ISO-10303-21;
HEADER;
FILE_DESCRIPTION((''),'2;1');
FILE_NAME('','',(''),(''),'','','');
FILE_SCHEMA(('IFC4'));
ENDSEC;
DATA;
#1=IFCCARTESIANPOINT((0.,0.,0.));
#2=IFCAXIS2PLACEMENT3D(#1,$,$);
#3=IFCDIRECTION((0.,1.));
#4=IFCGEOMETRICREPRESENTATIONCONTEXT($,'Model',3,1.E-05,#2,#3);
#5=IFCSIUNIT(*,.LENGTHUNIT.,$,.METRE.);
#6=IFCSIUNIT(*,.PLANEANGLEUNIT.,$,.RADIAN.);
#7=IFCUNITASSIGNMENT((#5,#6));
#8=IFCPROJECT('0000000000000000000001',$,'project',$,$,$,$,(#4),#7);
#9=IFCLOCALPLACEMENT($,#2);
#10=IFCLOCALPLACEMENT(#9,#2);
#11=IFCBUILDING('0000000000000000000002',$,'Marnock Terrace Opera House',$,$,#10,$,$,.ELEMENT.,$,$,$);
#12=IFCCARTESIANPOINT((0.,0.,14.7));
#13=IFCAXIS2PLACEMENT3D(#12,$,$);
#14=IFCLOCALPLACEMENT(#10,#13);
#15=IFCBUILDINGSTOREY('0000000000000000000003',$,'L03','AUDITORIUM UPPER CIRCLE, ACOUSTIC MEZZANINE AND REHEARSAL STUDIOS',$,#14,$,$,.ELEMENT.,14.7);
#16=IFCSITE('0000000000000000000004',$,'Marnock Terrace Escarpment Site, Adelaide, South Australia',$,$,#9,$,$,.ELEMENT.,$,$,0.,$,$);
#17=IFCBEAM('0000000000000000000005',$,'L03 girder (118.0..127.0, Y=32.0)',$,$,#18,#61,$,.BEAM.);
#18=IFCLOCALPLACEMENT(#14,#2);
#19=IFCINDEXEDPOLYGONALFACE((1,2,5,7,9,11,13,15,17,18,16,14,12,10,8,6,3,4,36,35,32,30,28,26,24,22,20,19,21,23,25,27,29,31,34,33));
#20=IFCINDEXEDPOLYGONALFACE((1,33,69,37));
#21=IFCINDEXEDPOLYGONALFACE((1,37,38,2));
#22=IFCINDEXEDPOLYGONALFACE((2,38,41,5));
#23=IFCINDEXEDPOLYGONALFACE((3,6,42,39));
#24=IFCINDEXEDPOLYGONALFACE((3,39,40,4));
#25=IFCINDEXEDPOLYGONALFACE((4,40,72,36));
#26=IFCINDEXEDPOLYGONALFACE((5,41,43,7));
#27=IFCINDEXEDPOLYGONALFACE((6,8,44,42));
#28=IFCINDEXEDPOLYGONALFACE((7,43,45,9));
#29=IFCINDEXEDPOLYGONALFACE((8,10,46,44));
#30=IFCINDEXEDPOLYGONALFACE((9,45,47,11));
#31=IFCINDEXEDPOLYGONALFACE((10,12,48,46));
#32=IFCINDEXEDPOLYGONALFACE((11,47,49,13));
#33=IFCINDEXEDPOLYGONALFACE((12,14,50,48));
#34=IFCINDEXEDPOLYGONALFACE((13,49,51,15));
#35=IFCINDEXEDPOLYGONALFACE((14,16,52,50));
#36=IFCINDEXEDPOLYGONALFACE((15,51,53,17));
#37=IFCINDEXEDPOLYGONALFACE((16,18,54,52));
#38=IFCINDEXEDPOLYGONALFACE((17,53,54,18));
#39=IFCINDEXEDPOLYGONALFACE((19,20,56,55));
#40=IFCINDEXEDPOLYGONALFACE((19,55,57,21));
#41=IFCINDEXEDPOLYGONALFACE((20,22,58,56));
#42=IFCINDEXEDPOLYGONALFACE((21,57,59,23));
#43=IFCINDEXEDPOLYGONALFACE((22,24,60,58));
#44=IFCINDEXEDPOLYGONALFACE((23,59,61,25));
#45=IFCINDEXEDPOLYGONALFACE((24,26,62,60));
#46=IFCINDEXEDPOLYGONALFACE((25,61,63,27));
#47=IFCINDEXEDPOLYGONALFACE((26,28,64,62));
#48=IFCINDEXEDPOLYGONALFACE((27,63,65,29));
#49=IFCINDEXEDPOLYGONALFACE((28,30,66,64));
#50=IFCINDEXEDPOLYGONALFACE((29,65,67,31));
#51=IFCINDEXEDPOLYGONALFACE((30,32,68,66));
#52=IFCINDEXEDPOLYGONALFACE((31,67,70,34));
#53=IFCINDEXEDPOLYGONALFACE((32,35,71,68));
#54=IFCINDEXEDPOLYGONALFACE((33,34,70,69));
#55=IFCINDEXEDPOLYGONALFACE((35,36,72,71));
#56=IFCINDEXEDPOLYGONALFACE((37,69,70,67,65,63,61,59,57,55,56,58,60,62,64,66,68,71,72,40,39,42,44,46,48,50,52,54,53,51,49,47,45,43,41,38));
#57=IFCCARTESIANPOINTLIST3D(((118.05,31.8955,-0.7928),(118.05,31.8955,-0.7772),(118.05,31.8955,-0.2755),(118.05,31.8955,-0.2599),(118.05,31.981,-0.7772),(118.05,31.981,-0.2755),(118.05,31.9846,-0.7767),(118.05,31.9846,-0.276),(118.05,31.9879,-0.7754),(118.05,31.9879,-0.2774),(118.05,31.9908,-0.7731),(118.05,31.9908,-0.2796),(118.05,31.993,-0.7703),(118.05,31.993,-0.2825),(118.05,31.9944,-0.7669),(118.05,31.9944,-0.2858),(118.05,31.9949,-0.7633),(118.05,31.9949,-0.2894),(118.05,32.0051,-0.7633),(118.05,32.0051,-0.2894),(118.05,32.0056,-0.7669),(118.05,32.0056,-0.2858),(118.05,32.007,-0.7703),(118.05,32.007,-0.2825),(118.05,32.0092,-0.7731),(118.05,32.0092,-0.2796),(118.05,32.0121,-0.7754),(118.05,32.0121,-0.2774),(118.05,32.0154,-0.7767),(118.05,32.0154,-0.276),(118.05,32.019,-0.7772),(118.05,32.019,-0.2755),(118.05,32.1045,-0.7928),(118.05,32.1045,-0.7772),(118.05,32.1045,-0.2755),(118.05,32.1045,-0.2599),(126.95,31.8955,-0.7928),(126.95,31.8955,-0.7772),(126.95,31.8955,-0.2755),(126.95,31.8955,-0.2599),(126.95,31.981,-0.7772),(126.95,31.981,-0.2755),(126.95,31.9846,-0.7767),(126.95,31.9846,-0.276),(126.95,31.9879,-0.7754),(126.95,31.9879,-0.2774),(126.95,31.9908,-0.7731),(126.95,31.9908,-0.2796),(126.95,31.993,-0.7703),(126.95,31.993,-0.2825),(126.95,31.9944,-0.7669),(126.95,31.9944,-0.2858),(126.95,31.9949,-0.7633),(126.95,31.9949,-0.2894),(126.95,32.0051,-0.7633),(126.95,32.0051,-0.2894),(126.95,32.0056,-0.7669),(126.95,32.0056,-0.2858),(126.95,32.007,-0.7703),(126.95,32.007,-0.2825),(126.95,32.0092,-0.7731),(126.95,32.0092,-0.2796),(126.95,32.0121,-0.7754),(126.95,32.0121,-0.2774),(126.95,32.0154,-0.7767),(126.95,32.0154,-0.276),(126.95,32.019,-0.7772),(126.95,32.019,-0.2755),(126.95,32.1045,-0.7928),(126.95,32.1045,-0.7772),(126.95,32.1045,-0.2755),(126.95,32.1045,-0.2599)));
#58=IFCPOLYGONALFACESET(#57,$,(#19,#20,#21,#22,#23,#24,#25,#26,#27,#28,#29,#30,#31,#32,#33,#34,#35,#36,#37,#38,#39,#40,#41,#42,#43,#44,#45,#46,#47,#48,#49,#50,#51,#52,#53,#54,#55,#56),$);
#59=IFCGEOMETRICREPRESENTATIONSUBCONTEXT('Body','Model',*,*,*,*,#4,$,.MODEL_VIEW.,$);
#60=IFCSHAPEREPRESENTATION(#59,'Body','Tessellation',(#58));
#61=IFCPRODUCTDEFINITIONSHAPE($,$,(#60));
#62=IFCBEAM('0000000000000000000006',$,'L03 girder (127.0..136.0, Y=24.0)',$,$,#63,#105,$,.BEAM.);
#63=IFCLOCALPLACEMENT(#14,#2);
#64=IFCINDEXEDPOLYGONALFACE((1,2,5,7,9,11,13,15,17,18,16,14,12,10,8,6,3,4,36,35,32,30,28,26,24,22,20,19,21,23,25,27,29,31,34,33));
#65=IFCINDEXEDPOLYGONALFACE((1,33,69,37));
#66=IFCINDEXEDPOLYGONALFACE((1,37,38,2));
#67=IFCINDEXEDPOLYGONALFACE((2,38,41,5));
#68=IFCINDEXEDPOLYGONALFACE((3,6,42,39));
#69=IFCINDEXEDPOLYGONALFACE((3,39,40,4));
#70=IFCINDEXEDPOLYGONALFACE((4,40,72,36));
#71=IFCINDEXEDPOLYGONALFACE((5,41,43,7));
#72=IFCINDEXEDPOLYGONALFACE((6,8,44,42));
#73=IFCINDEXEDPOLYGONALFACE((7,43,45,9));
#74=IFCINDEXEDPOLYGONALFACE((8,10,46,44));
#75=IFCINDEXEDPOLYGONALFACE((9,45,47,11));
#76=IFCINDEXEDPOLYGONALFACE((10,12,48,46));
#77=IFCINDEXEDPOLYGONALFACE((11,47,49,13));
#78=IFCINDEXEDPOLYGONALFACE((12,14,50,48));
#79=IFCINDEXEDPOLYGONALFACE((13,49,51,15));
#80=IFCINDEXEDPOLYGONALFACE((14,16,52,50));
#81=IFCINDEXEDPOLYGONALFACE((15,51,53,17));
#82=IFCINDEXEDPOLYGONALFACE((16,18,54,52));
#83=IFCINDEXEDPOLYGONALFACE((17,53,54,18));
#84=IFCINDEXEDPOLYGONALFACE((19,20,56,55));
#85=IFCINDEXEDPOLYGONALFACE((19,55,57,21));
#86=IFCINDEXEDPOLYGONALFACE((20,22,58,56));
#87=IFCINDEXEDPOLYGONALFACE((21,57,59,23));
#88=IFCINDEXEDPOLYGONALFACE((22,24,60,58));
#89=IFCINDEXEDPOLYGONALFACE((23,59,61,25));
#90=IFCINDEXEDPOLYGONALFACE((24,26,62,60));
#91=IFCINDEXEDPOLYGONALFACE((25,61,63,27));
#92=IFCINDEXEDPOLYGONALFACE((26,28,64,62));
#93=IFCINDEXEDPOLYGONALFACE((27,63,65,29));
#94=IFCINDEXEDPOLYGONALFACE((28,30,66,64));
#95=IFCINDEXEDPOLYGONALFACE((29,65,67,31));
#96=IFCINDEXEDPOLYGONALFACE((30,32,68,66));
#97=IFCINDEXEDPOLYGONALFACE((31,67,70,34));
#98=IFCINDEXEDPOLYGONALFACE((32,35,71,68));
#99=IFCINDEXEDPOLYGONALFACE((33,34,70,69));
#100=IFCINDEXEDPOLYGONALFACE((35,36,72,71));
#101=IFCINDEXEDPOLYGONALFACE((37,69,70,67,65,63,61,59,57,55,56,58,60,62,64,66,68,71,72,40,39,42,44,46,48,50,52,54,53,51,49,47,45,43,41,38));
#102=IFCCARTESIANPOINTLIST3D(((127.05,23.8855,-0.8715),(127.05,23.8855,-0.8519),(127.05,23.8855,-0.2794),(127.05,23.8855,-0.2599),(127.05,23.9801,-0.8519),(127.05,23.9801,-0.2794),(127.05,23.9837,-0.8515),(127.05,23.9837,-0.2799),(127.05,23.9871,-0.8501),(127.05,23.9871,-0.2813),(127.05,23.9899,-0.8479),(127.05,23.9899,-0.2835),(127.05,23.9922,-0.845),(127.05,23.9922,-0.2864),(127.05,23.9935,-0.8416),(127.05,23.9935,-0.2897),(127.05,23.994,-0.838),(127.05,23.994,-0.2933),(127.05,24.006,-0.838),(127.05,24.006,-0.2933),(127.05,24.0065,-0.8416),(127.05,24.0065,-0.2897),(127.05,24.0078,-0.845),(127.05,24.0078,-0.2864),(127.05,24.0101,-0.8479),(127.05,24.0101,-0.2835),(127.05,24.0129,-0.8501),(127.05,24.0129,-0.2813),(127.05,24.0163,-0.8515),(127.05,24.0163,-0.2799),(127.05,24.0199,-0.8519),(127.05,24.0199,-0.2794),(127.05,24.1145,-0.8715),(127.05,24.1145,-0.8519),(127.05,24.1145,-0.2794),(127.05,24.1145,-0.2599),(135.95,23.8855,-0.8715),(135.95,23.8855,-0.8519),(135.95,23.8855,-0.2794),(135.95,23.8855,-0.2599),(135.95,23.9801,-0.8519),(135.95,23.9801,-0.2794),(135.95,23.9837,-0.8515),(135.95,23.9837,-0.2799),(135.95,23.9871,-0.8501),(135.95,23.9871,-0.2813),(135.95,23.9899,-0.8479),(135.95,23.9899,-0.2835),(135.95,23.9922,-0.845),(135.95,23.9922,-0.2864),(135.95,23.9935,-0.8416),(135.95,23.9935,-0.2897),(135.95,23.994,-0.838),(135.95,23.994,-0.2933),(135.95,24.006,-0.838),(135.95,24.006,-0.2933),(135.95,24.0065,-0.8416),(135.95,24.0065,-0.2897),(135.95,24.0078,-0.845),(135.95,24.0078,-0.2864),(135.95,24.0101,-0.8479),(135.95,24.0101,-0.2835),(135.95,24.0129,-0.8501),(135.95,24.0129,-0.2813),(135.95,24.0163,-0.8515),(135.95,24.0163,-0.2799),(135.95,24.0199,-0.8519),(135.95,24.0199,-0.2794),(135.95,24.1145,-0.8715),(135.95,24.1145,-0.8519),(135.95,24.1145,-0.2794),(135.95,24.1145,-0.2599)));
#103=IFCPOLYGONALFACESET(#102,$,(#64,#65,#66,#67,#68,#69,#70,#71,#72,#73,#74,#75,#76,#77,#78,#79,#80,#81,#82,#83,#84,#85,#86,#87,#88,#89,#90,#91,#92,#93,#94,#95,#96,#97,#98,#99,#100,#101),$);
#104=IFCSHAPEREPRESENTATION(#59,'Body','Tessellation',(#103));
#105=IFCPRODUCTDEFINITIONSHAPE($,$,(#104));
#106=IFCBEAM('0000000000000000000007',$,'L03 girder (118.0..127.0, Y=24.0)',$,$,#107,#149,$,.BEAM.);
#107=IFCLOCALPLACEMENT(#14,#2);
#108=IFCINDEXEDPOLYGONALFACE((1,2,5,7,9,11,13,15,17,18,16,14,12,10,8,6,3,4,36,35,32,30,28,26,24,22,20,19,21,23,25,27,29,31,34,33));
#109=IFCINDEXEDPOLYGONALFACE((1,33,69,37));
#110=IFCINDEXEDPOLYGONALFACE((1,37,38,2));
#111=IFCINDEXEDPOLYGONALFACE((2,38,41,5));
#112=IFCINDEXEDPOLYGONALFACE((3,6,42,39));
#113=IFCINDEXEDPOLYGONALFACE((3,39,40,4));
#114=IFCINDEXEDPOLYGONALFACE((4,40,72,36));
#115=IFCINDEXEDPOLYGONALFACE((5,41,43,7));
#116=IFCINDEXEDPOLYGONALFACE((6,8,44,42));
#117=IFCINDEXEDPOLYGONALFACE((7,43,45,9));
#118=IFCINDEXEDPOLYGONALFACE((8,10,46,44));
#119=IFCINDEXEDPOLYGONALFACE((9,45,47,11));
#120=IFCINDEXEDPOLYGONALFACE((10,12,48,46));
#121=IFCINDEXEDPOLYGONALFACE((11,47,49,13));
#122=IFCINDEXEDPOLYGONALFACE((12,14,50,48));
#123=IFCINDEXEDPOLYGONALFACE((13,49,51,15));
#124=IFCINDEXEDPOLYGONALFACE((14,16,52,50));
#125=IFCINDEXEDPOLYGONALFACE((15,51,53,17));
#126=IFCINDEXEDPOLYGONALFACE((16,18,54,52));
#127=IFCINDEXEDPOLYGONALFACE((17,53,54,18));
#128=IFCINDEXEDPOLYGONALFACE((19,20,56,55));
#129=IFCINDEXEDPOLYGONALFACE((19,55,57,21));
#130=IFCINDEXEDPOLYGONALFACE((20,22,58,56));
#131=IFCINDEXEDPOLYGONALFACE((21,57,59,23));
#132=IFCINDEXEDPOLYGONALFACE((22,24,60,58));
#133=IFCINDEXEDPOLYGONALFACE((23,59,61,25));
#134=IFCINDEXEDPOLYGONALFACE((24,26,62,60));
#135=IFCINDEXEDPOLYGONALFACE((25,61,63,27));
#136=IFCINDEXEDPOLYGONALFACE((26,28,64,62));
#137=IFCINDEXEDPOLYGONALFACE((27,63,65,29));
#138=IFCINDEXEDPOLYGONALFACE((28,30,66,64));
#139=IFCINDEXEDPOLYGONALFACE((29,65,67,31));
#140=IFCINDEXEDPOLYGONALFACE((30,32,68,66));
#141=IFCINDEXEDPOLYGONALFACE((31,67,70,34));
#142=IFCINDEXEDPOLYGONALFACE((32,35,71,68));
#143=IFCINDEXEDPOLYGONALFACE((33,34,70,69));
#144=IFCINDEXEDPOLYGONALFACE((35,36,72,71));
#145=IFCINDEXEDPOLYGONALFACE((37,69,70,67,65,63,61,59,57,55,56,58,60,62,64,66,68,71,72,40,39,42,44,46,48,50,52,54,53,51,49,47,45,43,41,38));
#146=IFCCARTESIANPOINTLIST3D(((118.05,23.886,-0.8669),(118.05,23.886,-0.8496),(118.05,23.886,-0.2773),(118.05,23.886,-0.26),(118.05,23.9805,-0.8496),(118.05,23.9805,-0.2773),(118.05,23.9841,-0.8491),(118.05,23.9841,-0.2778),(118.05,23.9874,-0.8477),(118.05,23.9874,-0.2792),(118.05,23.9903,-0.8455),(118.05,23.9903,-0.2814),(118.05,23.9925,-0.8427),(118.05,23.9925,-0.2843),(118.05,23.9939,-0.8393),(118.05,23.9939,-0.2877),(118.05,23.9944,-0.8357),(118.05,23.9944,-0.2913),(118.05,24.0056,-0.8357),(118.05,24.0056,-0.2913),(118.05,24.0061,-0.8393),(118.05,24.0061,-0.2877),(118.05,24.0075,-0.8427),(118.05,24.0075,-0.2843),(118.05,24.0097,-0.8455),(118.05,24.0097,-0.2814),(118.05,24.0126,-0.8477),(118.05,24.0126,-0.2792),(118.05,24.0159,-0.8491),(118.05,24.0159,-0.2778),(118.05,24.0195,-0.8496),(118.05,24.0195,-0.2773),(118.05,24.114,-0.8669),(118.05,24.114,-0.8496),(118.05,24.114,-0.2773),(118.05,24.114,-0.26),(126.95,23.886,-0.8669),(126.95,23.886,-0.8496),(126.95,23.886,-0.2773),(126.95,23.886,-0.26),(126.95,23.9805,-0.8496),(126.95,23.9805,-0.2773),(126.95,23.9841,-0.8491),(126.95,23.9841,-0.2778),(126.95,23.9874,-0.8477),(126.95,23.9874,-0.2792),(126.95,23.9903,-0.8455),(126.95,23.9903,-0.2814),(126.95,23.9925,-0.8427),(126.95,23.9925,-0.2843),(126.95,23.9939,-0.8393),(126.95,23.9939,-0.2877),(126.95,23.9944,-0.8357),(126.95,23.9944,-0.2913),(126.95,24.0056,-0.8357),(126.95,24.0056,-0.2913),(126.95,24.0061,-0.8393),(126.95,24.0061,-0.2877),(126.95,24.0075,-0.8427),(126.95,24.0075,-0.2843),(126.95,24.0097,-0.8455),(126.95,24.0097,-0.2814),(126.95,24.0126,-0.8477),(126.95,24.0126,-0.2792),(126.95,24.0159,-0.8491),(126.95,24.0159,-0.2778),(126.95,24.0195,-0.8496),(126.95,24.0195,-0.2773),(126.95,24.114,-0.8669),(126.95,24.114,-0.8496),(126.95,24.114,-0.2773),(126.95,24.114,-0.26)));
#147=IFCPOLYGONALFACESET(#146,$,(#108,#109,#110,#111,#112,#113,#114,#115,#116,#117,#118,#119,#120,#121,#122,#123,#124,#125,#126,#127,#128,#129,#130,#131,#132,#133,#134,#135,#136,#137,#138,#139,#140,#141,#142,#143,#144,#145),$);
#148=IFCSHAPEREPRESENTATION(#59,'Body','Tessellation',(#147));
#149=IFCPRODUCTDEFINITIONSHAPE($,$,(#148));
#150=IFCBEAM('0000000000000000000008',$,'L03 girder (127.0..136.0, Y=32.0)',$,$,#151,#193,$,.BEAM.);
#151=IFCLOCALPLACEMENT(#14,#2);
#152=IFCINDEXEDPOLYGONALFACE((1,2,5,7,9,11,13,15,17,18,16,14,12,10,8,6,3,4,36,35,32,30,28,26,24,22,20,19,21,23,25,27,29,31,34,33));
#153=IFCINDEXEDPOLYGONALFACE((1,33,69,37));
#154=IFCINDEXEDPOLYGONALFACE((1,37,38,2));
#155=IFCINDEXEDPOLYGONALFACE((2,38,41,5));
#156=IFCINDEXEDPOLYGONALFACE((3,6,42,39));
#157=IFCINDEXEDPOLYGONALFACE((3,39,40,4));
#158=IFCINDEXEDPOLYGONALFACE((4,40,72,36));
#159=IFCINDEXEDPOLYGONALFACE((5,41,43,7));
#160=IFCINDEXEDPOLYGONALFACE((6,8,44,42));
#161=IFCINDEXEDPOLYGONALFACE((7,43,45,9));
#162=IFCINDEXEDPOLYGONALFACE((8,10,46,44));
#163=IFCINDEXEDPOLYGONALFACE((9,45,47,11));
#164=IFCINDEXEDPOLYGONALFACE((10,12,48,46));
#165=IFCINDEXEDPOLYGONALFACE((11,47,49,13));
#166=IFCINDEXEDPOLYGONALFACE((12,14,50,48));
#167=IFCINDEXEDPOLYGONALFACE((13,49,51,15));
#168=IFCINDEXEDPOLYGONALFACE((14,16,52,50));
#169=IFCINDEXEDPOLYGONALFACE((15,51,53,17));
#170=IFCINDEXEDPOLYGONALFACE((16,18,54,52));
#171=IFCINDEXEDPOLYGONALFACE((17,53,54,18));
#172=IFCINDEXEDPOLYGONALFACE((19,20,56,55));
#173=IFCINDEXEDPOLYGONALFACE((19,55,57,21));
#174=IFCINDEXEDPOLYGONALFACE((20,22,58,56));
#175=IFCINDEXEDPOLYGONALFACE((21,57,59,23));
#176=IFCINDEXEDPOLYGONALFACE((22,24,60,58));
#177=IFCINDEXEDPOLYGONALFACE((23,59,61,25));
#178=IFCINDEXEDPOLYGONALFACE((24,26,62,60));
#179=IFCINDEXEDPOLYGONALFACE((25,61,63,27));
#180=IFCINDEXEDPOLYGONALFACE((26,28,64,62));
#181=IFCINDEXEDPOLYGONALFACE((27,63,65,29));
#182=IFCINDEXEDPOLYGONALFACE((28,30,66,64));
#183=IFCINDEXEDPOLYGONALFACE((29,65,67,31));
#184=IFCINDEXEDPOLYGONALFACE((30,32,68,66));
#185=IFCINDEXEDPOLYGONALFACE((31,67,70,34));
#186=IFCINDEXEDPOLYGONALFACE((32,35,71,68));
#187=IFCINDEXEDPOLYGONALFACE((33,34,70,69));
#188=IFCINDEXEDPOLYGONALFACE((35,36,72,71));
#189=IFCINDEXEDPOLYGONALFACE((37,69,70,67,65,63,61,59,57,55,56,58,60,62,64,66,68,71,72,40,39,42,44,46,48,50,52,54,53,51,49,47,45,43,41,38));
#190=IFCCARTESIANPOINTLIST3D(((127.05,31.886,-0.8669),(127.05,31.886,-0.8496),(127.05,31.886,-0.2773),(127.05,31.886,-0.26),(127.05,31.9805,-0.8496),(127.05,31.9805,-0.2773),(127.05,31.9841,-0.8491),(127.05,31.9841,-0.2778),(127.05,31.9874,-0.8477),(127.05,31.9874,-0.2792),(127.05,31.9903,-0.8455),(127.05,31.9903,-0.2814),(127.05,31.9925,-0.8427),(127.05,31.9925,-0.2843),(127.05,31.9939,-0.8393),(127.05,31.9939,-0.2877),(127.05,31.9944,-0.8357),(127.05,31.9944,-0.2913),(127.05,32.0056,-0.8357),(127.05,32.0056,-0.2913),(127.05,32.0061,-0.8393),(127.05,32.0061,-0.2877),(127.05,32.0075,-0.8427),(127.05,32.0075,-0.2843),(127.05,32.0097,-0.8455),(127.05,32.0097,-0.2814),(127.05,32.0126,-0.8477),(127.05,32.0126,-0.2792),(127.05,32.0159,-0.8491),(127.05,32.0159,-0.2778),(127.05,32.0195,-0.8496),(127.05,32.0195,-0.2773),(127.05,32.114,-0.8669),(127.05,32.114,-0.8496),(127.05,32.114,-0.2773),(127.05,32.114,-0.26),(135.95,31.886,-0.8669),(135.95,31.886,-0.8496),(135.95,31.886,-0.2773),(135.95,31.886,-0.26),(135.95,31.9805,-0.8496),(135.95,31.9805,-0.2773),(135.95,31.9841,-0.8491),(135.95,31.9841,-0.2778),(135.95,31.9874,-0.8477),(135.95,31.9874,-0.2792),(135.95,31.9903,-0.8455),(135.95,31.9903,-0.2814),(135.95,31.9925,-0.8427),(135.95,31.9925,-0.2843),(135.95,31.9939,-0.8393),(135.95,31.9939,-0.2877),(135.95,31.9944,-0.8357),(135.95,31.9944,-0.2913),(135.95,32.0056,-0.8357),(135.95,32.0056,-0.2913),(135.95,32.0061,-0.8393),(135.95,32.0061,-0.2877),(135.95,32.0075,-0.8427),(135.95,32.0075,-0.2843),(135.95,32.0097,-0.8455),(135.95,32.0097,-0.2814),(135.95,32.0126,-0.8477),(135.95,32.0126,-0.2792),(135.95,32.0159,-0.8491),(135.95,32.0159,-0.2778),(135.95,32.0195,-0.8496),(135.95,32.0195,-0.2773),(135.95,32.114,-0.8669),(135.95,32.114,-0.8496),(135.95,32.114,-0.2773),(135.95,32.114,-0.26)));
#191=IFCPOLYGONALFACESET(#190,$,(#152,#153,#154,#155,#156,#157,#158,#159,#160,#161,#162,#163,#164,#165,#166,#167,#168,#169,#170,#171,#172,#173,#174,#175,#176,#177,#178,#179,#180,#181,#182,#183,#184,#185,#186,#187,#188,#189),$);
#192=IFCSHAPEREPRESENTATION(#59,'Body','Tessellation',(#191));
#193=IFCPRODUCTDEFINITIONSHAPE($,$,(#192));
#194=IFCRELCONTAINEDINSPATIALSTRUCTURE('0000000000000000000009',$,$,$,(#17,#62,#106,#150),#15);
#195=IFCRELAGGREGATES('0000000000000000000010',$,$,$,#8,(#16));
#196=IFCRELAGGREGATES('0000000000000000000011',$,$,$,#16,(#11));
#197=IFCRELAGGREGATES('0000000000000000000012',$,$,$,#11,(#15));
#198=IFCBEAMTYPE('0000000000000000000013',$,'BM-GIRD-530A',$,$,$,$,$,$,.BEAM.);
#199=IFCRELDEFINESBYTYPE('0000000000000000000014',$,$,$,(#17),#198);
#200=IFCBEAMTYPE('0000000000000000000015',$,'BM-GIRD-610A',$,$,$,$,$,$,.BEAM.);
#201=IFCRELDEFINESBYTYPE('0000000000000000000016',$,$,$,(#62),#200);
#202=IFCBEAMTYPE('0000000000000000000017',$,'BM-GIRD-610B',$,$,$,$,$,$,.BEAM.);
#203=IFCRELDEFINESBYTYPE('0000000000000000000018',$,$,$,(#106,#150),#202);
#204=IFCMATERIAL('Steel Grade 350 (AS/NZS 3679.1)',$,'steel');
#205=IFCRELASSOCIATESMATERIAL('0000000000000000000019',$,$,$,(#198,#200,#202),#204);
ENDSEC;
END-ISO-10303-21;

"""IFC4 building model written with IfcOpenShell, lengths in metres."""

from ifc_helpers import new_model, si_unit, direction, frame, origin, origin_2d, place, context, subcontext, project, spatial, i_section, extrude, material, material_profile, profile_set, type_object, element, save


model = new_model("IFC4")

# Units and contexts
model_context = context("Model", 3, precision=1e-05, world=origin(), true_north=direction((0.0, 1.0)))
body_context = subcontext(model_context, "Body", "Model", "MODEL_VIEW")
ifc_project = project(units=[si_unit("LENGTHUNIT", "METRE"), si_unit("PLANEANGLEUNIT", "RADIAN")], contexts=[model_context])

# Site, building, storey
site_placement = place(None, origin())
site = spatial("IfcSite", under=ifc_project, at=site_placement, Name="Marnock Terrace Escarpment Site, Adelaide, South Australia", CompositionType="ELEMENT", RefElevation=0.0)
building_placement = place(site_placement, origin())
building = spatial("IfcBuilding", under=site, at=building_placement, Name="Marnock Terrace Opera House", CompositionType="ELEMENT")
storey_placement = place(building_placement, frame((0.0, 0.0, 14.7)))
storey = spatial("IfcBuildingStorey", under=building, at=storey_placement, Name="L03", Description="AUDITORIUM UPPER CIRCLE, ACOUSTIC MEZZANINE AND REHEARSAL STUDIOS", CompositionType="ELEMENT", Elevation=14.7)

# Shared definitions
ifc_material_1 = material(Name="Steel Grade 350 (AS/NZS 3679.1)", Category="steel")

# Beams
ifc_material_profile_1 = material_profile(ifc_material_1, i_section(OverallWidth=0.209, OverallDepth=0.533, WebThickness=0.0103, FlangeThickness=0.0156, FilletRadius=0.0139, at=origin_2d()))
ifc_profile_set_1 = profile_set([ifc_material_profile_1], Name="Steel Grade 350 (AS/NZS 3679.1)")
beam_type_1 = type_object("IfcBeamType", Name="BM-GIRD-530A", PredefinedType="BEAM", material=ifc_profile_set_1)
beam_1_placement = place(storey_placement, frame((118.05, 32.0, -0.5264), z_axis=(1.0, 0.0, 0.0), x_axis=(0.0, 1.0, 0.0)))
element("IfcBeam", 1, at=beam_1_placement, inside=storey, type_object=beam_type_1, Name="L03 girder (118.0..127.0, Y=32.0)", PredefinedType="BEAM", context=body_context, shape_type="SweptSolid", body=[
    extrude(i_section(OverallWidth=0.209, OverallDepth=0.533, WebThickness=0.0103, FlangeThickness=0.0156, FilletRadius=0.0139, at=origin_2d()), origin(), (0.0, 0.0, 1.0), 8.8999),
])
ifc_material_profile_2 = material_profile(ifc_material_1, i_section(OverallWidth=0.229, OverallDepth=0.6116, WebThickness=0.012, FlangeThickness=0.0195, FilletRadius=0.0139, at=origin_2d()))
ifc_profile_set_2 = profile_set([ifc_material_profile_2], Name="Steel Grade 350 (AS/NZS 3679.1)")
beam_type_2 = type_object("IfcBeamType", Name="BM-GIRD-610A", PredefinedType="BEAM", material=ifc_profile_set_2)
beam_2_placement = place(storey_placement, frame((127.05, 24.0, -0.5657), z_axis=(1.0, 0.0, 0.0), x_axis=(0.0, 1.0, 0.0)))
element("IfcBeam", 2, at=beam_2_placement, inside=storey, type_object=beam_type_2, Name="L03 girder (127.0..136.0, Y=24.0)", PredefinedType="BEAM", context=body_context, shape_type="SweptSolid", body=[
    extrude(i_section(OverallWidth=0.229, OverallDepth=0.6116, WebThickness=0.012, FlangeThickness=0.0195, FilletRadius=0.0139, at=origin_2d()), origin(), (0.0, 0.0, 1.0), 8.8999),
])
ifc_material_profile_3 = material_profile(ifc_material_1, i_section(OverallWidth=0.228, OverallDepth=0.6069, WebThickness=0.0112, FlangeThickness=0.0173, FilletRadius=0.0139, at=origin_2d()))
ifc_profile_set_3 = profile_set([ifc_material_profile_3], Name="Steel Grade 350 (AS/NZS 3679.1)")
beam_type_3 = type_object("IfcBeamType", Name="BM-GIRD-610B", PredefinedType="BEAM", material=ifc_profile_set_3)
for number, where, z_axis, x_axis, name in (
    (3, (118.05, 24.0, -0.5635), (1.0, 0.0, 0.0), (0.0, 1.0, 0.0), "L03 girder (118.0..127.0, Y=24.0)"),
    (4, (127.05, 32.0, -0.5635), (1.0, 0.0, 0.0), (0.0, 1.0, 0.0), "L03 girder (127.0..136.0, Y=32.0)"),
):
    element("IfcBeam", number, at=place(storey_placement, frame(where, z_axis=z_axis, x_axis=x_axis)), inside=storey, type_object=beam_type_3, Name=name, PredefinedType="BEAM", context=body_context, shape_type="SweptSolid", body=[
        extrude(i_section(OverallWidth=0.228, OverallDepth=0.6069, WebThickness=0.0112, FlangeThickness=0.0173, FilletRadius=0.0139, at=origin_2d()), origin(), (0.0, 0.0, 1.0), 8.8999),
    ])

save(model, "model.ifc")
